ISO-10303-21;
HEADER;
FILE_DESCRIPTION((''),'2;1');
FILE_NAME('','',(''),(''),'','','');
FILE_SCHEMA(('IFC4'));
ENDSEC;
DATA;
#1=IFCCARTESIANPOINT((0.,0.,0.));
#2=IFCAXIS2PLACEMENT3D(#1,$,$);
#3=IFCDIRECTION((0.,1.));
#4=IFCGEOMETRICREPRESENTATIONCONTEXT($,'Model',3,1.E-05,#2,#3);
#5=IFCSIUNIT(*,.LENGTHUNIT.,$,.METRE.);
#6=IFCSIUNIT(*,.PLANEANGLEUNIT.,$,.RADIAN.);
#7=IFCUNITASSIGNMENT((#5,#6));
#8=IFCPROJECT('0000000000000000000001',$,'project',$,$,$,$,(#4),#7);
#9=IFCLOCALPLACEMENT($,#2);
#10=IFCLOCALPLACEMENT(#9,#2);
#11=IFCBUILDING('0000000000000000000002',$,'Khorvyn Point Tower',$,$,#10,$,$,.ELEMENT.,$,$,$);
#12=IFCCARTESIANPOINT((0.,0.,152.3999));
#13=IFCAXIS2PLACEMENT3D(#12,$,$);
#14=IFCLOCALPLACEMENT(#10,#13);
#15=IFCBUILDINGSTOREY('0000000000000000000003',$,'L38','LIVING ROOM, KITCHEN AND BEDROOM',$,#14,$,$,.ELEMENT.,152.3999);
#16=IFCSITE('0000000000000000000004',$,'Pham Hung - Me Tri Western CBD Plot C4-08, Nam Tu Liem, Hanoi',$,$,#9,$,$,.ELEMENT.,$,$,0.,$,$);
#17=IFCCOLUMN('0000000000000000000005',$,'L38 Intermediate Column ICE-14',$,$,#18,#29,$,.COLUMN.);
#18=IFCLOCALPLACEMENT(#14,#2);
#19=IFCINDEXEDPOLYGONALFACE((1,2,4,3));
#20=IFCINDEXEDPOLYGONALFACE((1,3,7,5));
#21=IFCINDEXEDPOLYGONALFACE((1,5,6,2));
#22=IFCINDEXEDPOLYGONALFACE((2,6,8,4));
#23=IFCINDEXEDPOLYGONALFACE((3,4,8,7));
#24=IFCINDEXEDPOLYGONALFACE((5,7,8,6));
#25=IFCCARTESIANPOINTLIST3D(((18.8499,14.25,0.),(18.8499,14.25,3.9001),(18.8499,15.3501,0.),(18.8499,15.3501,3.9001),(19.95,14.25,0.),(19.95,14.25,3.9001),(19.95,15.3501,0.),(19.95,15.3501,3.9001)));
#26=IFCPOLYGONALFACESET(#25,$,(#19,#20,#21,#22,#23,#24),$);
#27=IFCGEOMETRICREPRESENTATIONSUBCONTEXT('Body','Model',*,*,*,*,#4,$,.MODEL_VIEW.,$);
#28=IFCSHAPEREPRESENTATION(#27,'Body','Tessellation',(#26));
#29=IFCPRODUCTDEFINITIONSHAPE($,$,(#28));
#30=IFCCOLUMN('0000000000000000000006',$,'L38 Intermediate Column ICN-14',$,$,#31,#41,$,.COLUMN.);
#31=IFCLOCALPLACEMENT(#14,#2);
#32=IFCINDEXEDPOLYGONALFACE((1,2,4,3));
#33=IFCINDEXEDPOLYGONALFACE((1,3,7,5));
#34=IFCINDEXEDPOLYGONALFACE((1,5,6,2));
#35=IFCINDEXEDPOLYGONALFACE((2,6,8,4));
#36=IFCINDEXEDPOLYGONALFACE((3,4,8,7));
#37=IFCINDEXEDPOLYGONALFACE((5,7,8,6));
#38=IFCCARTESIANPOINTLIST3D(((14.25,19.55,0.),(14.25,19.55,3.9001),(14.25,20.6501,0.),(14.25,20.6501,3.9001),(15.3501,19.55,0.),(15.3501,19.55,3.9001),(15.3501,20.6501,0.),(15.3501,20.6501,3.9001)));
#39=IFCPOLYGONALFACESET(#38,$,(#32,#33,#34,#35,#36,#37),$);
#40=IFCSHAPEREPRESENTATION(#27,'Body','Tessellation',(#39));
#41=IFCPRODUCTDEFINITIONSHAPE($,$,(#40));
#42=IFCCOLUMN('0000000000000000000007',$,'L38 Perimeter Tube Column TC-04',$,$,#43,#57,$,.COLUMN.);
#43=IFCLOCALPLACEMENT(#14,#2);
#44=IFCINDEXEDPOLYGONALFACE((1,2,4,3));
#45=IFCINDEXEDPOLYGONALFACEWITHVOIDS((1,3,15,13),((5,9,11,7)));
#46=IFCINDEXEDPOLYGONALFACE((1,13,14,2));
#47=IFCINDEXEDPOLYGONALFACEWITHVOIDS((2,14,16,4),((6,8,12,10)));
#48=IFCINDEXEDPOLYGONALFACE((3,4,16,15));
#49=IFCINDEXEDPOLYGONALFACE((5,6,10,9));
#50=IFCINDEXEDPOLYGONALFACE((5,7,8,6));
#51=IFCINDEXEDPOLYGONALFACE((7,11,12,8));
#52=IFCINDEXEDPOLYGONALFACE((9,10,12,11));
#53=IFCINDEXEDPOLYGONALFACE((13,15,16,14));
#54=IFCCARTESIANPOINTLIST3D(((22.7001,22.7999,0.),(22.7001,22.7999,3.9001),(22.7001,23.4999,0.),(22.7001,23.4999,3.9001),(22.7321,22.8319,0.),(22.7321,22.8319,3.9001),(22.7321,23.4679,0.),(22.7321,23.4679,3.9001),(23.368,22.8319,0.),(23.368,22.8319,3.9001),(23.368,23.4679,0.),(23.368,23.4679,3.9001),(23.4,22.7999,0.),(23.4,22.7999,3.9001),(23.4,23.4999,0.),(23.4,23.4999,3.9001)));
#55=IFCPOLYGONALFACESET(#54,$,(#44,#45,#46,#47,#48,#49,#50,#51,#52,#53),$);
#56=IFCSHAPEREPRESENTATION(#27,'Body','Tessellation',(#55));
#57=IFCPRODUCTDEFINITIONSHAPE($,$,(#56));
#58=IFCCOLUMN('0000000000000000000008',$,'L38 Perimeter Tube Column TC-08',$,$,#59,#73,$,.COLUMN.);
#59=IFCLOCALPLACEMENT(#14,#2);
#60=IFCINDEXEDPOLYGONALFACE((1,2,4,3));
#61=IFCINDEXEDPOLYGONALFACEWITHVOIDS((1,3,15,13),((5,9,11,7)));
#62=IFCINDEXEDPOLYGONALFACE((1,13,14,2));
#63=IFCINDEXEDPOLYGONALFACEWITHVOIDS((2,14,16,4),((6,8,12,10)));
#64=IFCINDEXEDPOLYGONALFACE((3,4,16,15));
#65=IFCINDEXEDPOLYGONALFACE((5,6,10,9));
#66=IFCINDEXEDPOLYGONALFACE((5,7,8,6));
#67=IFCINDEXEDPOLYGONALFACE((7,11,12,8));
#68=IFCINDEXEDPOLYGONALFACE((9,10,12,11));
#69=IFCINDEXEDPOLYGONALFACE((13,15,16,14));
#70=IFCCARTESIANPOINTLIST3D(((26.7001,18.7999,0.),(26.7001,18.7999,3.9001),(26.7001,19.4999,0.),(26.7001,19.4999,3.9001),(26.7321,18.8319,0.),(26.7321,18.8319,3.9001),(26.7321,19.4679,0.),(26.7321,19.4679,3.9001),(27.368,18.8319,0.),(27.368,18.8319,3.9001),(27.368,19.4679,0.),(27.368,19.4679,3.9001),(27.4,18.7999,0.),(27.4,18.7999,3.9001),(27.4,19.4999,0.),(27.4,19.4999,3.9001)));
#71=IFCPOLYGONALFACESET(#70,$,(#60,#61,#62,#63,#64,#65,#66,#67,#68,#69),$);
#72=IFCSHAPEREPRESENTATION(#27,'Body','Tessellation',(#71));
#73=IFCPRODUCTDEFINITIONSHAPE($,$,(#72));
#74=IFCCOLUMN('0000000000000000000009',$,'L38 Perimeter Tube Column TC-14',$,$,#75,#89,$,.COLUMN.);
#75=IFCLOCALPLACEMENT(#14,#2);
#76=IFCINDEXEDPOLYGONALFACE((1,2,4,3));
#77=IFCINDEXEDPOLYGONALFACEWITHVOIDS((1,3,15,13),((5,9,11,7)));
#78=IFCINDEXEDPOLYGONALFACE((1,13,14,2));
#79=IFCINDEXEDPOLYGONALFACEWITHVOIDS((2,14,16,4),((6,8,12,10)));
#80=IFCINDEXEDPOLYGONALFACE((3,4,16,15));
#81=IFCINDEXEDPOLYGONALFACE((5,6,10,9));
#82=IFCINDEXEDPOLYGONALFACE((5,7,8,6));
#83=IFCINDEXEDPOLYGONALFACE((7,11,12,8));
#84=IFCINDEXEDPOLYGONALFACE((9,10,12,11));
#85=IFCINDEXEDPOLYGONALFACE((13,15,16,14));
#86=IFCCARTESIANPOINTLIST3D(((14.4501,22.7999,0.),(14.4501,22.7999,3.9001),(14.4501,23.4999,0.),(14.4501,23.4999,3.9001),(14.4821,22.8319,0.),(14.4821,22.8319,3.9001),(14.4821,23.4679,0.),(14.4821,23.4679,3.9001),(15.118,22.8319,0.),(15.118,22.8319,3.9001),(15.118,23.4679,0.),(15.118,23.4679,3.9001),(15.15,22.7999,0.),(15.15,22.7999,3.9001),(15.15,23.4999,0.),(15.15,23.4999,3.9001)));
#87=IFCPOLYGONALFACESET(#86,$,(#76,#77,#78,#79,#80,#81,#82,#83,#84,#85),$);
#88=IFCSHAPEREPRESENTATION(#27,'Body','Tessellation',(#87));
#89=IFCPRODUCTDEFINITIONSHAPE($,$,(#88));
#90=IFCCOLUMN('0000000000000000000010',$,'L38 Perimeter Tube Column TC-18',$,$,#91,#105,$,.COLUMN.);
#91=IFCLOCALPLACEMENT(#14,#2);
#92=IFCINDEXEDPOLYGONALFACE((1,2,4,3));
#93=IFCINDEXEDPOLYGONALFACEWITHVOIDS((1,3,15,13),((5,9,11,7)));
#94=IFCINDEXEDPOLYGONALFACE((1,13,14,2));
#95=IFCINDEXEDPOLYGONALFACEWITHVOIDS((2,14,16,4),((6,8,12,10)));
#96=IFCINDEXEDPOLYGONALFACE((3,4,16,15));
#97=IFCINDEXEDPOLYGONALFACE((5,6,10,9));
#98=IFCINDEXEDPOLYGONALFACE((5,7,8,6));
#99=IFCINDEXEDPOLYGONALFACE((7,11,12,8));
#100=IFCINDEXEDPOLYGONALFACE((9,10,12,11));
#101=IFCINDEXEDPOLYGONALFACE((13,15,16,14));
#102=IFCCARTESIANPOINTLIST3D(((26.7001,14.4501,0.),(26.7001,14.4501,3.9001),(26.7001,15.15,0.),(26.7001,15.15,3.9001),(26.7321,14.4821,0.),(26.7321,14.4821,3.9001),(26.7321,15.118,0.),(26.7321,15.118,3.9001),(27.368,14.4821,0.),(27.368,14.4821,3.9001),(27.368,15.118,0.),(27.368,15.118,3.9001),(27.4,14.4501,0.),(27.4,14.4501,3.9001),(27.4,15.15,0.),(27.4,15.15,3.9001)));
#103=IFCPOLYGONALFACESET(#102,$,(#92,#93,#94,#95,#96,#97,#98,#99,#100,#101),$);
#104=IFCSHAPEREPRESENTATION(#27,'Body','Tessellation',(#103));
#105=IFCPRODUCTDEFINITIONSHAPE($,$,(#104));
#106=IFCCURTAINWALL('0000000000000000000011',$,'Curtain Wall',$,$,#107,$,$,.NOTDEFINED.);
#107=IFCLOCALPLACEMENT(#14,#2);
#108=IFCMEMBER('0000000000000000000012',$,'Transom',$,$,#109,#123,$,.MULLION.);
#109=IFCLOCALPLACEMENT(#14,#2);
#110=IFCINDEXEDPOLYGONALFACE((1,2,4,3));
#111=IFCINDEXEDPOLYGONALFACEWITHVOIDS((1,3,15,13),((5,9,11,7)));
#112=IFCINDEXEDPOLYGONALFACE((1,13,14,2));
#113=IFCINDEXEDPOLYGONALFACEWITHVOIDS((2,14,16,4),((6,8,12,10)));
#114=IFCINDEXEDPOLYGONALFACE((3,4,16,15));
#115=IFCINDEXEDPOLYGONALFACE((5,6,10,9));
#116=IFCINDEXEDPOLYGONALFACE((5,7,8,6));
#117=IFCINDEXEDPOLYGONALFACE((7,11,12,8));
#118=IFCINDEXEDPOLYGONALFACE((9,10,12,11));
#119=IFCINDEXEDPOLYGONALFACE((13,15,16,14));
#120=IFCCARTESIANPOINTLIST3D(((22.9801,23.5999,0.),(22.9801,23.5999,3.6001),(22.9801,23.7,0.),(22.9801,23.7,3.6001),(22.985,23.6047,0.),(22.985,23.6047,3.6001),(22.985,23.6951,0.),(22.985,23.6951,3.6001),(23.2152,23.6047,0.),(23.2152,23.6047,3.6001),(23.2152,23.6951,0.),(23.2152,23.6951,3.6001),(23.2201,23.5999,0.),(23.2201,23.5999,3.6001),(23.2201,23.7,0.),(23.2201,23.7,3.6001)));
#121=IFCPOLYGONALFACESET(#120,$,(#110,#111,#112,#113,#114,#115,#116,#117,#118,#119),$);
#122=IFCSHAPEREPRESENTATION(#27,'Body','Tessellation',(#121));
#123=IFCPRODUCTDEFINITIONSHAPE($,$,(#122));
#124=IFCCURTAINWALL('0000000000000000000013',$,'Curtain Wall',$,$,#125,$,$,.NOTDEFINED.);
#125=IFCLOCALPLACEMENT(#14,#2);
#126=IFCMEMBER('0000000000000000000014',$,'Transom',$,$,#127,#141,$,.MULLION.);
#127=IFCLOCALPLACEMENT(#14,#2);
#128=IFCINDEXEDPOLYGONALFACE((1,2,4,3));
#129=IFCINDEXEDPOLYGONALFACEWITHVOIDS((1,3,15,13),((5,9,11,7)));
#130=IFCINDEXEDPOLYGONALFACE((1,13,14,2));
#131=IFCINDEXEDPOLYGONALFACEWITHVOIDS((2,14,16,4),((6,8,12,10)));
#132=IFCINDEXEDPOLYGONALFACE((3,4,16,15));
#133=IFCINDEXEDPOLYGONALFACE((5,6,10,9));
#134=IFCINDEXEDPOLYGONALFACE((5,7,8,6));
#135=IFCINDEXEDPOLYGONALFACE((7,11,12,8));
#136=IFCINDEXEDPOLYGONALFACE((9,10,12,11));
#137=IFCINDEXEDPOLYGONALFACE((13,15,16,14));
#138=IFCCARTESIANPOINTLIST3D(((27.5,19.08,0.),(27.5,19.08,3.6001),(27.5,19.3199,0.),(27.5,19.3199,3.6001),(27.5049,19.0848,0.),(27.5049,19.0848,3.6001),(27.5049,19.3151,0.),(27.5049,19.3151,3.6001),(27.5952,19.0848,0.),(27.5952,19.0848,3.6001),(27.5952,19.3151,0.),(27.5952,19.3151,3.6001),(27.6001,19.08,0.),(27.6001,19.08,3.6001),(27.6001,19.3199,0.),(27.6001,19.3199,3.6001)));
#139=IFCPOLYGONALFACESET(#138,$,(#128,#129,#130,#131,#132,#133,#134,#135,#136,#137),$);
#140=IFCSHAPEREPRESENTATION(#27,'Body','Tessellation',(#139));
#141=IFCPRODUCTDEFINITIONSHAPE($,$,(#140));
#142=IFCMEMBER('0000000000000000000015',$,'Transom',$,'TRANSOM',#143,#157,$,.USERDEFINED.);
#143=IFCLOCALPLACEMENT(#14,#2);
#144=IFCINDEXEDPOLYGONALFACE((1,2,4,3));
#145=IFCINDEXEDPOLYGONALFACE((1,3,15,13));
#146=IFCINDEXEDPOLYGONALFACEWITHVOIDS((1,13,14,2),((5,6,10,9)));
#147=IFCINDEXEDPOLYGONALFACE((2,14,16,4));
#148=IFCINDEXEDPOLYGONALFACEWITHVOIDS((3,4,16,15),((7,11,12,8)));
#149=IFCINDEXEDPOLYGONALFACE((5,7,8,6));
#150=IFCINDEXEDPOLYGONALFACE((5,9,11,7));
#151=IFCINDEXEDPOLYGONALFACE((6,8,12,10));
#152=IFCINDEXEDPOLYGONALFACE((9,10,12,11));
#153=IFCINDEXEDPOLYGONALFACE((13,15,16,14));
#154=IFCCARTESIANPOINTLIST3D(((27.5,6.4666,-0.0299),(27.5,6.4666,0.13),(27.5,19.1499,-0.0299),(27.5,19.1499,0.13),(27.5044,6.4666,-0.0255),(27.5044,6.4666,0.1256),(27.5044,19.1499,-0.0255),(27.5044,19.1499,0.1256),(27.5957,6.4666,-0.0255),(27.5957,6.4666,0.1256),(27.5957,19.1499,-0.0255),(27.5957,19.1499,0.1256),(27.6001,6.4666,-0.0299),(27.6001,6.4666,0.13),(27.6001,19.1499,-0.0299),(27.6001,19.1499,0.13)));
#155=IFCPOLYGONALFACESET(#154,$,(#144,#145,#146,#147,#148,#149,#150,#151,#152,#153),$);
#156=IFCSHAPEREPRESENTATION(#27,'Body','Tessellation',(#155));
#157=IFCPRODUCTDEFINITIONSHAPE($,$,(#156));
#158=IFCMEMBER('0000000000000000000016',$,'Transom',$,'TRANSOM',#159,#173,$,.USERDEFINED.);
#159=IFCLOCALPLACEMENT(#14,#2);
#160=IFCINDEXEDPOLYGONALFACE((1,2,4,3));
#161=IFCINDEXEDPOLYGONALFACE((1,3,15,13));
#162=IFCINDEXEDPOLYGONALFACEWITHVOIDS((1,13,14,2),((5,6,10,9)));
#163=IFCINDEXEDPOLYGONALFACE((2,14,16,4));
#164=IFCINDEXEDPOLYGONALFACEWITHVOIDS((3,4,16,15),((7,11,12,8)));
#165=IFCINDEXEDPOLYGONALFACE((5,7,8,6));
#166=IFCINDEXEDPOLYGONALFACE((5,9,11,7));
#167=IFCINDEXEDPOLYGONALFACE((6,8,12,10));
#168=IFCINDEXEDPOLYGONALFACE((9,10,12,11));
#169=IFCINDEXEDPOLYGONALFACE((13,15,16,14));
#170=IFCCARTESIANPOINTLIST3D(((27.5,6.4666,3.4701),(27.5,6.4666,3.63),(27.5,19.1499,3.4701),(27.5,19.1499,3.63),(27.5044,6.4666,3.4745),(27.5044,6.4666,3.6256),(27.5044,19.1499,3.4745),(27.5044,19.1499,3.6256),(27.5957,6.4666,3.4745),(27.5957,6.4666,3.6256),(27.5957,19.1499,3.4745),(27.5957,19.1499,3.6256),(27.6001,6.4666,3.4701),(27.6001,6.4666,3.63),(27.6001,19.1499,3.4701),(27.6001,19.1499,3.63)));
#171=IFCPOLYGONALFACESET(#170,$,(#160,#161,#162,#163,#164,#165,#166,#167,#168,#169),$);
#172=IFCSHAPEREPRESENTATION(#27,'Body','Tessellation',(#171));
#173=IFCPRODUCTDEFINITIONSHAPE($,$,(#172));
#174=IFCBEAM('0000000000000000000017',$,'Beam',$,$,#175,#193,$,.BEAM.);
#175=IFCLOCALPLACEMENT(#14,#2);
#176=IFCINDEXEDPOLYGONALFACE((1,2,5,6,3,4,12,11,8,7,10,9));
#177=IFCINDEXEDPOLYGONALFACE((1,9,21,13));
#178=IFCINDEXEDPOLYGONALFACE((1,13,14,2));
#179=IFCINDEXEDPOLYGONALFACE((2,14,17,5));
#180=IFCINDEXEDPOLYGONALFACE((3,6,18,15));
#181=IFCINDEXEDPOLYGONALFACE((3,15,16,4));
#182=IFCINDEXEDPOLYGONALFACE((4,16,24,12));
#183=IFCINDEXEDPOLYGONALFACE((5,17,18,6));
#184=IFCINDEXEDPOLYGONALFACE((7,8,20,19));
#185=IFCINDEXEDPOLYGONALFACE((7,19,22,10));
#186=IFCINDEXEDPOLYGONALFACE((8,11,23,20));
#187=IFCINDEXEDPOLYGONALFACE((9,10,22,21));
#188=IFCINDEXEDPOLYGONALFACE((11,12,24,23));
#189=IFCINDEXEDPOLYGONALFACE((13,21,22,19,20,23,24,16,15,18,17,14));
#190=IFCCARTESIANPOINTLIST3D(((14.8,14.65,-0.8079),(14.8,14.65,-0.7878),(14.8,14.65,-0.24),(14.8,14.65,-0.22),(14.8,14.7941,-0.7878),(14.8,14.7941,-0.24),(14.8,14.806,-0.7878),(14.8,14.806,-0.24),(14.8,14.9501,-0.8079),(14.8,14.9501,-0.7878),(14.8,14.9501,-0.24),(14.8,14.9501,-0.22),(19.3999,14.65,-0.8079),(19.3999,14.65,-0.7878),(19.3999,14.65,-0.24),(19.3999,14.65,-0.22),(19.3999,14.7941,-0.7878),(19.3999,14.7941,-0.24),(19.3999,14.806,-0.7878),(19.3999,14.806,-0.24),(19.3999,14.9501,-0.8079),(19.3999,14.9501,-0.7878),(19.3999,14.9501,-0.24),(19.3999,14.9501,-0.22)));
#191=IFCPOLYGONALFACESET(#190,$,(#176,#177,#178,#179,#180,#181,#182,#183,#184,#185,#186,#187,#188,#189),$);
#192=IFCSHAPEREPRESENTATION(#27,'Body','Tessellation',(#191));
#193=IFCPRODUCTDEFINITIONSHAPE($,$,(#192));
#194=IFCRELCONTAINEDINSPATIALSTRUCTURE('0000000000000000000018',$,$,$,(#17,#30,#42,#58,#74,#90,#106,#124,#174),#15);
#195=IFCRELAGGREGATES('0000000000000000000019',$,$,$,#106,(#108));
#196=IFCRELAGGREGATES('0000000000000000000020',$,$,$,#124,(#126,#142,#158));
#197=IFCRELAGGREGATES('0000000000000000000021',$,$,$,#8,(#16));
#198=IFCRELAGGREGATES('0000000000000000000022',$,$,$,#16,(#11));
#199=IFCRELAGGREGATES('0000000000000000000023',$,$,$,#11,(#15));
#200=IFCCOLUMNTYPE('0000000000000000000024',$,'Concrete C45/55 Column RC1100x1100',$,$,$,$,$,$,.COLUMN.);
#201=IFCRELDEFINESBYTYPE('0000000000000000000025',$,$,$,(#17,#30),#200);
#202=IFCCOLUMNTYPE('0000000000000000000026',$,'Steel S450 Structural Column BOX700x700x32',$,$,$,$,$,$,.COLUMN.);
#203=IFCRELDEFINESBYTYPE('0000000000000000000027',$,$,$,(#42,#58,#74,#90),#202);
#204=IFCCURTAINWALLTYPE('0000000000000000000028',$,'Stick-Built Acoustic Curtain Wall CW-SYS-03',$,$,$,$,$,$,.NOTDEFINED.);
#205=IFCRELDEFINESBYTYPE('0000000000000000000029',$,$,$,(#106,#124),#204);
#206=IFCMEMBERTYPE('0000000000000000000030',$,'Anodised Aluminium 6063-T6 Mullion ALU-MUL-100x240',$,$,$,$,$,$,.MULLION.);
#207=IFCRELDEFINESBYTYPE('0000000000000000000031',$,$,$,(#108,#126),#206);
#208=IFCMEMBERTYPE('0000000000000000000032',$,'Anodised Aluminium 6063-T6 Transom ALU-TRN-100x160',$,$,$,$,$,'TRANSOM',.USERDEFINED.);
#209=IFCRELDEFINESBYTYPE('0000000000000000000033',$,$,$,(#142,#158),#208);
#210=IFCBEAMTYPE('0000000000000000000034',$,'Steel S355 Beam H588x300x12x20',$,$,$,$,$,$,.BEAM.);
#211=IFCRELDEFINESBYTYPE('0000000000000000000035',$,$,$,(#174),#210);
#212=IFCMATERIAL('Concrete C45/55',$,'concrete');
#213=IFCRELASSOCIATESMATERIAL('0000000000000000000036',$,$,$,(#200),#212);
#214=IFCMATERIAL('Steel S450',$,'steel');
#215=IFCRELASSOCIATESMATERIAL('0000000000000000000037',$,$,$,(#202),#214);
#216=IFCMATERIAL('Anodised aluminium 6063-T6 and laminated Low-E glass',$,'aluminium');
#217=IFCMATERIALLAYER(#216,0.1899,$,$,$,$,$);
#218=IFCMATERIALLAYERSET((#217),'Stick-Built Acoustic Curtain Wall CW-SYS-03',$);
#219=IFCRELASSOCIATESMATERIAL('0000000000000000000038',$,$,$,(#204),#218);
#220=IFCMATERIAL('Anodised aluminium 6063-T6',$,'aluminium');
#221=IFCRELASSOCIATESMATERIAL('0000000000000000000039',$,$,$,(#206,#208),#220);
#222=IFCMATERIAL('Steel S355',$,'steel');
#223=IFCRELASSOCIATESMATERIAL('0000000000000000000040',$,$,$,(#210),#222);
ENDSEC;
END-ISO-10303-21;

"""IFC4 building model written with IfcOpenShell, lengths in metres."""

from ifc_helpers import new_model, si_unit, direction, frame, origin, origin_2d, place, context, subcontext, project, spatial, rectangle, hollow_rectangle, i_section, extrude, material, layer, layer_set, material_profile, profile_set, type_object, element, aggregate, save


model = new_model("IFC4")

# Units and contexts
model_context = context("Model", 3, precision=1e-05, world=origin(), true_north=direction((0.0, 1.0)))
body_context = subcontext(model_context, "Body", "Model", "MODEL_VIEW")
ifc_project = project(units=[si_unit("LENGTHUNIT", "METRE"), si_unit("PLANEANGLEUNIT", "RADIAN")], contexts=[model_context])

# Site, building, storey
site_placement = place(None, origin())
site = spatial("IfcSite", under=ifc_project, at=site_placement, Name="Pham Hung - Me Tri Western CBD Plot C4-08, Nam Tu Liem, Hanoi", CompositionType="ELEMENT", RefElevation=0.0)
building_placement = place(site_placement, origin())
building = spatial("IfcBuilding", under=site, at=building_placement, Name="Khorvyn Point Tower", CompositionType="ELEMENT")
storey_placement = place(building_placement, frame((0.0, 0.0, 152.3999)))
storey = spatial("IfcBuildingStorey", under=building, at=storey_placement, Name="L38", Description="LIVING ROOM, KITCHEN AND BEDROOM", CompositionType="ELEMENT", Elevation=152.3999)

# Columns
ifc_material_1 = material(Name="Concrete C45/55", Category="concrete")
ifc_material_profile_1 = material_profile(ifc_material_1, rectangle(XDim=1.1001, YDim=1.1001, at=origin_2d()))
ifc_profile_set_1 = profile_set([ifc_material_profile_1], Name="Concrete C45/55 RC1100x1100")
column_type_1 = type_object("IfcColumnType", Name="Concrete C45/55 Column RC1100x1100", PredefinedType="COLUMN", material=ifc_profile_set_1)
for number, where, z_axis, x_axis, name in (
    (1, (19.3999, 14.8, 0.0), (0.0, 0.0, 1.0), (1.0, 0.0, 0.0), "L38 Intermediate Column ICE-14"),
    (2, (14.8, 20.1001, 0.0), (0.0, 0.0, 1.0), (1.0, 0.0, 0.0), "L38 Intermediate Column ICN-14"),
):
    element("IfcColumn", number, at=place(storey_placement, frame(where, z_axis=z_axis, x_axis=x_axis)), inside=storey, type_object=column_type_1, Name=name, PredefinedType="COLUMN", context=body_context, shape_type="SweptSolid", body=[
        extrude(rectangle(XDim=1.1001, YDim=1.1001, at=origin_2d()), origin(), (0.0, 0.0, 1.0), 3.9001),
    ])
ifc_material_2 = material(Name="Steel S450", Category="steel")
ifc_material_profile_2 = material_profile(ifc_material_2, hollow_rectangle(XDim=0.7, YDim=0.7, WallThickness=0.032, at=origin_2d()))
ifc_profile_set_2 = profile_set([ifc_material_profile_2], Name="Steel S450 BOX700x700x32")
column_type_2 = type_object("IfcColumnType", Name="Steel S450 Structural Column BOX700x700x32", PredefinedType="COLUMN", material=ifc_profile_set_2)
for number, where, z_axis, x_axis, name in (
    (3, (23.05, 23.1499, 0.0), (0.0, 0.0, 1.0), (1.0, 0.0, 0.0), "L38 Perimeter Tube Column TC-04"),
    (4, (27.05, 19.1499, 0.0), (0.0, 0.0, 1.0), (1.0, 0.0, 0.0), "L38 Perimeter Tube Column TC-08"),
    (5, (14.8, 23.1499, 0.0), (0.0, 0.0, 1.0), (1.0, 0.0, 0.0), "L38 Perimeter Tube Column TC-14"),
    (6, (27.05, 14.8, 0.0), (0.0, 0.0, 1.0), (1.0, 0.0, 0.0), "L38 Perimeter Tube Column TC-18"),
):
    element("IfcColumn", number, at=place(storey_placement, frame(where, z_axis=z_axis, x_axis=x_axis)), inside=storey, type_object=column_type_2, Name=name, PredefinedType="COLUMN", context=body_context, shape_type="SweptSolid", body=[
        extrude(hollow_rectangle(XDim=0.7, YDim=0.7, WallThickness=0.032, at=origin_2d()), origin(), (0.0, 0.0, 1.0), 3.9001),
    ])

# Curtain wall, member
ifc_material_3 = material(Name="Anodised aluminium 6063-T6 and laminated Low-E glass", Category="aluminium")
ifc_layer_1 = layer(ifc_material_3, 0.1899)
ifc_layer_set_1 = layer_set([ifc_layer_1], Name="Stick-Built Acoustic Curtain Wall CW-SYS-03")
curtain_wall_type = type_object("IfcCurtainWallType", Name="Stick-Built Acoustic Curtain Wall CW-SYS-03", PredefinedType="NOTDEFINED", material=ifc_layer_set_1)
curtain_wall_1_placement = place(storey_placement, origin())
curtain_wall_1 = element("IfcCurtainWall", 7, at=curtain_wall_1_placement, inside=storey, type_object=curtain_wall_type, Name="Curtain Wall", PredefinedType="NOTDEFINED")
ifc_material_4 = material(Name="Anodised aluminium 6063-T6", Category="aluminium")
ifc_material_profile_3 = material_profile(ifc_material_4, hollow_rectangle(XDim=0.1001, YDim=0.24, WallThickness=0.0049, at=origin_2d()))
ifc_profile_set_3 = profile_set([ifc_material_profile_3], Name="Anodised aluminium 6063-T6 ALU-MUL-100x240")
member_type_1 = type_object("IfcMemberType", Name="Anodised Aluminium 6063-T6 Mullion ALU-MUL-100x240", PredefinedType="MULLION", material=ifc_profile_set_3)
member_1_placement = place(storey_placement, frame((23.1001, 23.6499, 0.0), z_axis=(0.0, 0.0, 1.0), x_axis=(0.0, 1.0, 0.0)))
member_1 = element("IfcMember", 8, at=member_1_placement, type_object=member_type_1, Name="Transom", PredefinedType="MULLION", context=body_context, shape_type="SweptSolid", body=[
    extrude(hollow_rectangle(XDim=0.1001, YDim=0.24, WallThickness=0.0049, at=origin_2d()), origin(), (0.0, 0.0, 1.0), 3.6001),
])

# Curtain wall, members
curtain_wall_2_placement = place(storey_placement, origin())
curtain_wall_2 = element("IfcCurtainWall", 9, at=curtain_wall_2_placement, inside=storey, type_object=curtain_wall_type, Name="Curtain Wall", PredefinedType="NOTDEFINED")
member_2_placement = place(storey_placement, frame((27.55, 19.2, 0.0), z_axis=(0.0, 0.0, 1.0), x_axis=(1.0, 0.0, 0.0)))
member_2 = element("IfcMember", 10, at=member_2_placement, type_object=member_type_1, Name="Transom", PredefinedType="MULLION", context=body_context, shape_type="SweptSolid", body=[
    extrude(hollow_rectangle(XDim=0.1001, YDim=0.24, WallThickness=0.0049, at=origin_2d()), origin(), (0.0, 0.0, 1.0), 3.6001),
])
ifc_material_profile_4 = material_profile(ifc_material_4, hollow_rectangle(XDim=0.1001, YDim=0.1599, WallThickness=0.0044, at=origin_2d()))
ifc_profile_set_4 = profile_set([ifc_material_profile_4], Name="Anodised aluminium 6063-T6 ALU-TRN-100x160")
member_type_2 = type_object("IfcMemberType", Name="Anodised Aluminium 6063-T6 Transom ALU-TRN-100x160", ElementType="TRANSOM", PredefinedType="USERDEFINED", material=ifc_profile_set_4)
member_3_placement = place(storey_placement, frame((27.55, 19.1499, 0.05), z_axis=(0.0, -1.0, 0.0), x_axis=(1.0, 0.0, 0.0)))
member_3 = element("IfcMember", 11, at=member_3_placement, type_object=member_type_2, Name="Transom", ObjectType="TRANSOM", PredefinedType="USERDEFINED", context=body_context, shape_type="SweptSolid", body=[
    extrude(hollow_rectangle(XDim=0.1001, YDim=0.1599, WallThickness=0.0044, at=origin_2d()), origin(), (0.0, 0.0, 1.0), 12.6833),
])
member_4_placement = place(storey_placement, frame((27.55, 19.1499, 3.55), z_axis=(0.0, -1.0, 0.0), x_axis=(1.0, 0.0, 0.0)))
member_4 = element("IfcMember", 12, at=member_4_placement, type_object=member_type_2, Name="Transom", ObjectType="TRANSOM", PredefinedType="USERDEFINED", context=body_context, shape_type="SweptSolid", body=[
    extrude(hollow_rectangle(XDim=0.1001, YDim=0.1599, WallThickness=0.0044, at=origin_2d()), origin(), (0.0, 0.0, 1.0), 12.6833),
])

# Beam
ifc_material_5 = material(Name="Steel S355", Category="steel")
ifc_material_profile_5 = material_profile(ifc_material_5, i_section(OverallWidth=0.3, OverallDepth=0.5879, WebThickness=0.012, FlangeThickness=0.02, at=origin_2d()))
ifc_profile_set_5 = profile_set([ifc_material_profile_5], Name="Steel S355 H588x300x12x20")
beam_type_1 = type_object("IfcBeamType", Name="Steel S355 Beam H588x300x12x20", PredefinedType="BEAM", material=ifc_profile_set_5)
beam_1_placement = place(storey_placement, frame((14.8, 14.8, -0.5139), z_axis=(1.0, 0.0, 0.0), x_axis=(0.0, 1.0, 0.0)))
element("IfcBeam", 13, at=beam_1_placement, inside=storey, type_object=beam_type_1, Name="Beam", PredefinedType="BEAM", context=body_context, shape_type="SweptSolid", body=[
    extrude(i_section(OverallWidth=0.3, OverallDepth=0.5879, WebThickness=0.012, FlangeThickness=0.02, at=origin_2d()), origin(), (0.0, 0.0, 1.0), 4.5999),
])

aggregate(curtain_wall_1, [member_1])
aggregate(curtain_wall_2, [member_2, member_3, member_4])

save(model, "model.ifc")
